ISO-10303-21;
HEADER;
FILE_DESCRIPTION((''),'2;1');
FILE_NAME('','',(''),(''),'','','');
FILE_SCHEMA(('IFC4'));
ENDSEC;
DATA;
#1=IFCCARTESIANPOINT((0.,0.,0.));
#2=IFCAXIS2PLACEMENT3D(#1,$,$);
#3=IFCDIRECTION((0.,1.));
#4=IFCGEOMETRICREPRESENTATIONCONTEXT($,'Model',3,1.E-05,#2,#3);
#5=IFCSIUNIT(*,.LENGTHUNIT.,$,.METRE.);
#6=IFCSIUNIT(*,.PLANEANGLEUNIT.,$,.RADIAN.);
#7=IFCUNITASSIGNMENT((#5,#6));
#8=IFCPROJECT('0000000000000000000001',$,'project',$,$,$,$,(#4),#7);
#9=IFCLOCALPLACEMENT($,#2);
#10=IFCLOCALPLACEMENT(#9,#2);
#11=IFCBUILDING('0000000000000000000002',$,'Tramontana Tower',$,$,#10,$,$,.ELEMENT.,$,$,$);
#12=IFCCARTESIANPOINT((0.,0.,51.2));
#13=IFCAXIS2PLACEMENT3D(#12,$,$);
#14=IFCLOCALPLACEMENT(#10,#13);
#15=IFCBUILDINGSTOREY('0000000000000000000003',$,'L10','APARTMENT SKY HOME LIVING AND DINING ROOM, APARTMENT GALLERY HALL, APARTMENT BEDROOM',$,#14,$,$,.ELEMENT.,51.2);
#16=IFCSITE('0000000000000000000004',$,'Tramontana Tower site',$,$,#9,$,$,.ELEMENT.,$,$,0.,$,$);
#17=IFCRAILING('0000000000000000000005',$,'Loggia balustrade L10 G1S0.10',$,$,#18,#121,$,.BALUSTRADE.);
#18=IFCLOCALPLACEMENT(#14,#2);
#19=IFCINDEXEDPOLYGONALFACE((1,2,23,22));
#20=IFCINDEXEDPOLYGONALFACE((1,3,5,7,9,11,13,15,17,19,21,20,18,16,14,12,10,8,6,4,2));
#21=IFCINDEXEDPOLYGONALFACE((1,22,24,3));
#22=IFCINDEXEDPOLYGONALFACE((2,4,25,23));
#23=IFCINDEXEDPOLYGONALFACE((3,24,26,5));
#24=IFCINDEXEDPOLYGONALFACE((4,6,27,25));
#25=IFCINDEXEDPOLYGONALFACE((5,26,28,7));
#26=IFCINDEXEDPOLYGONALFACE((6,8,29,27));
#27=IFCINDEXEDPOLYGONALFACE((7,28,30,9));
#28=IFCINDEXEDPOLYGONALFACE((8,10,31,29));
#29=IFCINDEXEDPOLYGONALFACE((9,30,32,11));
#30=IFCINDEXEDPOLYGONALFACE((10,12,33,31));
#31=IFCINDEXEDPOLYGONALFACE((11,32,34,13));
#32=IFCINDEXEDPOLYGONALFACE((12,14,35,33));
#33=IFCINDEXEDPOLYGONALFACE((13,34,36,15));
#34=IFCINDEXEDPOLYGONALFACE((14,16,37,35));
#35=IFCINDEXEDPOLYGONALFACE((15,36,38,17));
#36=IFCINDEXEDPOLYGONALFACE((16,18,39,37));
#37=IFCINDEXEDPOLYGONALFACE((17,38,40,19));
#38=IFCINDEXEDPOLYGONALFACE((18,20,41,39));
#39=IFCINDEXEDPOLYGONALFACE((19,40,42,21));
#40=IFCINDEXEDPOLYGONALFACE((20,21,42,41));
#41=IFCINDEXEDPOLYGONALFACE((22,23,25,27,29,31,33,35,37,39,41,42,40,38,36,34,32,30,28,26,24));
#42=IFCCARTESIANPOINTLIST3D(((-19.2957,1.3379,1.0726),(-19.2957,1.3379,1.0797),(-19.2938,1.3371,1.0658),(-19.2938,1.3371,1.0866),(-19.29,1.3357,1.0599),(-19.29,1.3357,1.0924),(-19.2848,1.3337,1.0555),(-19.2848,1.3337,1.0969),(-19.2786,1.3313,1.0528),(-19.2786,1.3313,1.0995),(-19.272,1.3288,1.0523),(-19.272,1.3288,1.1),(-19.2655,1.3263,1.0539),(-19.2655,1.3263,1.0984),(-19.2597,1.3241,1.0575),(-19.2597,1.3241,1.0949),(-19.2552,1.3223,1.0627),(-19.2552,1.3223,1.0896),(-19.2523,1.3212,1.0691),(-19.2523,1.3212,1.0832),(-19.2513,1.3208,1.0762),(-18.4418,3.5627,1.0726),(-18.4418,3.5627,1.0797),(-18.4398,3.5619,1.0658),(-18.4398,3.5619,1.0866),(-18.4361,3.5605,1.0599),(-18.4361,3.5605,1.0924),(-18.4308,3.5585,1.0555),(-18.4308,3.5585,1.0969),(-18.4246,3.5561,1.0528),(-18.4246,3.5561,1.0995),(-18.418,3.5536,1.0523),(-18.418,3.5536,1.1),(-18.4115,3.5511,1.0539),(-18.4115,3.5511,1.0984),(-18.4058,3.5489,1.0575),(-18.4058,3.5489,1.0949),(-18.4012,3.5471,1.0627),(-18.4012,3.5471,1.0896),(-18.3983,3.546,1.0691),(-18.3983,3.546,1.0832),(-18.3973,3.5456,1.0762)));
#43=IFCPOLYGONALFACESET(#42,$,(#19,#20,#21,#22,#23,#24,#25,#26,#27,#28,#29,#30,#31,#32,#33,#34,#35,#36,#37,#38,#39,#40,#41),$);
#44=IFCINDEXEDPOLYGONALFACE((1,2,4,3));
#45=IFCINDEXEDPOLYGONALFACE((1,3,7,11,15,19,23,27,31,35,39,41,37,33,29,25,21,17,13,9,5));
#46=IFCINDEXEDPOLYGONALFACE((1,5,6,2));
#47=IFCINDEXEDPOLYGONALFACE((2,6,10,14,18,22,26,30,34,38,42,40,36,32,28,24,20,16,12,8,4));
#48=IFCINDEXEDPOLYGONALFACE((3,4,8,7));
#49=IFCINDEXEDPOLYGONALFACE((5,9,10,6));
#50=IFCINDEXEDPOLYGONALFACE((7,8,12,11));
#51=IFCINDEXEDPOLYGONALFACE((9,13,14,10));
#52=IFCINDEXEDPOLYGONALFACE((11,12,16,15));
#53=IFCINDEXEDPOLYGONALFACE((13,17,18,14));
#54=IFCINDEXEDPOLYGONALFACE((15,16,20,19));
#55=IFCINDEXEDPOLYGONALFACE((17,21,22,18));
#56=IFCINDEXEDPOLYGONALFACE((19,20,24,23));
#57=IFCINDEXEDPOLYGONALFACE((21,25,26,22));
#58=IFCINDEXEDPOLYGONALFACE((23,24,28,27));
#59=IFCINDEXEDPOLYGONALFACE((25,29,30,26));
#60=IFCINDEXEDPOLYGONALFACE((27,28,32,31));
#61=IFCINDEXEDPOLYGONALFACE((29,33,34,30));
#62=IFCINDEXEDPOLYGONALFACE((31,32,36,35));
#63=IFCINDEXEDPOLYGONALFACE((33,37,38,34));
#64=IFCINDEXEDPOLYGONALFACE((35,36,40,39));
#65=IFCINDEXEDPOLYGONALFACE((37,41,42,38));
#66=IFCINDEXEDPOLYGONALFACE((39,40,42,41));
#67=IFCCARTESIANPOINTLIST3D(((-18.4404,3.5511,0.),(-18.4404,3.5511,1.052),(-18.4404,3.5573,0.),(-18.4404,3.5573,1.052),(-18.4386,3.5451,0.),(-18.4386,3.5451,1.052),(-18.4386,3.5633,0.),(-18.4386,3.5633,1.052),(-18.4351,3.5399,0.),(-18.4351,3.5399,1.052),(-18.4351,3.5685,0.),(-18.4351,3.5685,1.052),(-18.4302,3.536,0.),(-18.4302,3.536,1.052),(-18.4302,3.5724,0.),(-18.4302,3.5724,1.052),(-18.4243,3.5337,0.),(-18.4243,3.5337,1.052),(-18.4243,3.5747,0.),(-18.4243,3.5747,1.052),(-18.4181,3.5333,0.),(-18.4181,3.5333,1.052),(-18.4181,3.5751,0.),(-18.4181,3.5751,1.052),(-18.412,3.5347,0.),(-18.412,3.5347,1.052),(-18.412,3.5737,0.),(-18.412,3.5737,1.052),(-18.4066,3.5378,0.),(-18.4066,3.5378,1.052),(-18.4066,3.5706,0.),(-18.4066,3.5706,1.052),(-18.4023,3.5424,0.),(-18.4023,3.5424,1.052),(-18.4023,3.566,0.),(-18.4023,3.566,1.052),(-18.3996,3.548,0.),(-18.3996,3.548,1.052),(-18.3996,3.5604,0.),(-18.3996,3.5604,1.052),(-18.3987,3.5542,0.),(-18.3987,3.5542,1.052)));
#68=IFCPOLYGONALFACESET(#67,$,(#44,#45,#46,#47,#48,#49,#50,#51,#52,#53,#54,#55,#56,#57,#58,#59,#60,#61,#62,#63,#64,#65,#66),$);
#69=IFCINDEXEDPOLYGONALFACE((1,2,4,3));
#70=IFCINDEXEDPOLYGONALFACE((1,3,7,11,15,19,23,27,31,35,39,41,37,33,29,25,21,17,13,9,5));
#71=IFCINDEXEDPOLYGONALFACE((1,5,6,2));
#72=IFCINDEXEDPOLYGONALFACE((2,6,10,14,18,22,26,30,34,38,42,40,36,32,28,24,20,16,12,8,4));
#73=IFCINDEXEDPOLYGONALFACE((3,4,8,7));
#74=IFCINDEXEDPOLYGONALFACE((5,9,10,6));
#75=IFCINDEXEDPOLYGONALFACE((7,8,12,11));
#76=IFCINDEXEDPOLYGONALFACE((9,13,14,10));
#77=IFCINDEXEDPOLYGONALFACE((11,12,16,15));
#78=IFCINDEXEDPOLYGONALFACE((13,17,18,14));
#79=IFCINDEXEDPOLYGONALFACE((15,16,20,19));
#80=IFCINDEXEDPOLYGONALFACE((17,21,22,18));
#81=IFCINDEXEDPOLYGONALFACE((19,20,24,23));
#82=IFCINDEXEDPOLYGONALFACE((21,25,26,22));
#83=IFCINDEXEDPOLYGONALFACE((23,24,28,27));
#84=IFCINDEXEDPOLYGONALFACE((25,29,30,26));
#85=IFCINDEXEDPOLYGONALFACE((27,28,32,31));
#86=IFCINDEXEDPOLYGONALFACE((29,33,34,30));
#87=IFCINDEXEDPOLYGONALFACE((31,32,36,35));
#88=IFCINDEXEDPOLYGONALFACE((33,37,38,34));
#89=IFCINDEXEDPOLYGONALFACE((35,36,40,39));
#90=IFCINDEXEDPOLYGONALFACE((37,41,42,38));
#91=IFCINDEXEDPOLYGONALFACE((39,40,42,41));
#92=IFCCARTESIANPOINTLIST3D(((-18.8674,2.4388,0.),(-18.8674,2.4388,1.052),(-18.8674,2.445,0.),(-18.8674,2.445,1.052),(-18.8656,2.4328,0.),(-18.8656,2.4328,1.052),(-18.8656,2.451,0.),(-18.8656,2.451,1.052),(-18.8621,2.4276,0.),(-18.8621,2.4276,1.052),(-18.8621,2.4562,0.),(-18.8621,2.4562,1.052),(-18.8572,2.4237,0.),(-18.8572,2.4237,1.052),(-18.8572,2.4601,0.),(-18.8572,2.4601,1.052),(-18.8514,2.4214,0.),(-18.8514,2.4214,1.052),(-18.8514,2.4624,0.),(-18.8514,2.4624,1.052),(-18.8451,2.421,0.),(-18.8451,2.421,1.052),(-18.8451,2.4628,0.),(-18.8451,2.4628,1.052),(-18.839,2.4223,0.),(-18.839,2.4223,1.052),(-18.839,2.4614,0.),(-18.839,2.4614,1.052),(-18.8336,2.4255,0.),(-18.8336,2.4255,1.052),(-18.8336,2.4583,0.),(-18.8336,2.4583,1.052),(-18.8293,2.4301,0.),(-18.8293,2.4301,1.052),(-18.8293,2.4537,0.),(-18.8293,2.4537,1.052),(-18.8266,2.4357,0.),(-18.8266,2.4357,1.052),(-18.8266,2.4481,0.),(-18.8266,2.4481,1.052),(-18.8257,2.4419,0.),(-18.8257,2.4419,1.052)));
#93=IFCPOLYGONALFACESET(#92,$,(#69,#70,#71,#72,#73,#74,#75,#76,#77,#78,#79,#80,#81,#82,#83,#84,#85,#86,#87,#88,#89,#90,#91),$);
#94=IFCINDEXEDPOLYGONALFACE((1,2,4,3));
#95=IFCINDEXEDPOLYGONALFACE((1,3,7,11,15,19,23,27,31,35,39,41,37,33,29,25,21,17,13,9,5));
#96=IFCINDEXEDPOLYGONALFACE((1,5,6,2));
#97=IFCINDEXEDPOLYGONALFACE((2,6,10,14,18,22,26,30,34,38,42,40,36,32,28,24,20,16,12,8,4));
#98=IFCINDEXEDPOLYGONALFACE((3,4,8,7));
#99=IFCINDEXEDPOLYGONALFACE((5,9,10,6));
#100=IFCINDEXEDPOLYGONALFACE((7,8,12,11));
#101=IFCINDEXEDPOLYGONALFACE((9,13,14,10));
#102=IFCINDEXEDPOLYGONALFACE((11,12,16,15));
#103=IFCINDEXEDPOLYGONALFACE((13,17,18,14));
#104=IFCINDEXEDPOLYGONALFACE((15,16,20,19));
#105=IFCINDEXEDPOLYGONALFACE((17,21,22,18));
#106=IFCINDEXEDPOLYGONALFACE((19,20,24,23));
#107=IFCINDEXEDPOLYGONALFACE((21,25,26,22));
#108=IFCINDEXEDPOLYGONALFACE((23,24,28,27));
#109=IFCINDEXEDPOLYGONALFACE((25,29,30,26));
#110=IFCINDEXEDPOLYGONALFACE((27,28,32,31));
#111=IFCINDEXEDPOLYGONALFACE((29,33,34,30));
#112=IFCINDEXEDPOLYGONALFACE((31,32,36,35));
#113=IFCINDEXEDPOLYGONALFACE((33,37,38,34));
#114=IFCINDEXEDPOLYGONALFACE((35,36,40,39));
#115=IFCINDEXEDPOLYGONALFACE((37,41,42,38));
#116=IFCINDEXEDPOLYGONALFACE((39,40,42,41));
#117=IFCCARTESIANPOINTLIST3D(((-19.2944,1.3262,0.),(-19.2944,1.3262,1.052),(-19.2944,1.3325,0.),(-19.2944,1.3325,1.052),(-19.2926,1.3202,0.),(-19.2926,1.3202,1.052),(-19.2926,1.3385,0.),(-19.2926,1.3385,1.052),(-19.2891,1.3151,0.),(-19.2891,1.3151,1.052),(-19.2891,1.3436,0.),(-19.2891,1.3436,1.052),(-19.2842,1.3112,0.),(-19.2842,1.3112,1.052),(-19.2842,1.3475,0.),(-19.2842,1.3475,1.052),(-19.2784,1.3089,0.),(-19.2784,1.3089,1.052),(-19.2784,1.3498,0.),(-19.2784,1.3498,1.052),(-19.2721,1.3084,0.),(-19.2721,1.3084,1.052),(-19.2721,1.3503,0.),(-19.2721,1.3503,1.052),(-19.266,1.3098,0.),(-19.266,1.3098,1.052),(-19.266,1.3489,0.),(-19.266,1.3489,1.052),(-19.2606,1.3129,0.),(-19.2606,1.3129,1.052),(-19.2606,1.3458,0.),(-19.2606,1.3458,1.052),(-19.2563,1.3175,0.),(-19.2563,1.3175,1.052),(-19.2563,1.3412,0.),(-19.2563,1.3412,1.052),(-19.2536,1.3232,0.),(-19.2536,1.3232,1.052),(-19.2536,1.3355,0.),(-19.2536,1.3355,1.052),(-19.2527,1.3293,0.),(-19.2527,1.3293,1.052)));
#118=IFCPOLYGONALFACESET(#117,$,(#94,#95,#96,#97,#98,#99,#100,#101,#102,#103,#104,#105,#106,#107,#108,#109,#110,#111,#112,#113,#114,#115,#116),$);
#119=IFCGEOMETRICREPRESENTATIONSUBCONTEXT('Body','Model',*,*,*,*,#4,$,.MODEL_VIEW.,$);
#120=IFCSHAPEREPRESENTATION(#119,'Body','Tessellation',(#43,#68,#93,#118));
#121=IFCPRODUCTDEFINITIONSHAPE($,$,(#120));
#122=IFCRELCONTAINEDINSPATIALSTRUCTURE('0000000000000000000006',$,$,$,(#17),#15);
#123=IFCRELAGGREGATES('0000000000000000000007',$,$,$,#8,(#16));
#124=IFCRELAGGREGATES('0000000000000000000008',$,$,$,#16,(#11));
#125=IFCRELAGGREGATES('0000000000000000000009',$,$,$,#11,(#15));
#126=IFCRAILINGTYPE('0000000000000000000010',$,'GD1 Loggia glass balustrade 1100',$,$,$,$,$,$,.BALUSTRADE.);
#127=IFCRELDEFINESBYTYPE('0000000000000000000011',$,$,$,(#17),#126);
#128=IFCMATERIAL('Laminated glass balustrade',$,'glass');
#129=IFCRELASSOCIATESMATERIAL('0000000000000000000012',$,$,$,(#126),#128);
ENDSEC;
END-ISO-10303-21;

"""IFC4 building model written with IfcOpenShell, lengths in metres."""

from ifc_helpers import new_model, si_unit, direction, frame, origin, origin_2d, place, context, subcontext, project, spatial, circle, extrude, material, type_object, element, save


model = new_model("IFC4")

# Units and contexts
model_context = context("Model", 3, precision=1e-05, world=origin(), true_north=direction((0.0, 1.0)))
body_context = subcontext(model_context, "Body", "Model", "MODEL_VIEW")
ifc_project = project(units=[si_unit("LENGTHUNIT", "METRE"), si_unit("PLANEANGLEUNIT", "RADIAN")], contexts=[model_context])

# Site, building, storey
site_placement = place(None, origin())
site = spatial("IfcSite", under=ifc_project, at=site_placement, Name="Tramontana Tower site", CompositionType="ELEMENT", RefElevation=0.0)
building_placement = place(site_placement, origin())
building = spatial("IfcBuilding", under=site, at=building_placement, Name="Tramontana Tower", CompositionType="ELEMENT")
storey_placement = place(building_placement, frame((0.0, 0.0, 51.2)))
storey = spatial("IfcBuildingStorey", under=building, at=storey_placement, Name="L10", Description="APARTMENT SKY HOME LIVING AND DINING ROOM, APARTMENT GALLERY HALL, APARTMENT BEDROOM", CompositionType="ELEMENT", Elevation=51.2)

# Railing
ifc_material_1 = material(Name="Laminated glass balustrade", Category="glass")
railing_type = type_object("IfcRailingType", Name="GD1 Loggia glass balustrade 1100", PredefinedType="BALUSTRADE", material=ifc_material_1)
railing_placement = place(storey_placement, frame((-18.4197, 3.5542, 0.0)))
element("IfcRailing", 1, at=railing_placement, inside=storey, type_object=railing_type, Name="Loggia balustrade L10 G1S0.10", PredefinedType="BALUSTRADE", context=body_context, shape_type="SweptSolid", body=[
    extrude(circle(Radius=0.0239, at=origin_2d()), frame((0.0, 0.0, 1.0762), z_axis=(-0.358354, -0.933586, 0.0), x_axis=(0.933586, -0.358354, 0.0)), (0.0, 0.0, 1.0), 2.3831),
    extrude(circle(Radius=0.021, at=origin_2d()), origin(), (0.0, 0.0, 1.0), 1.052),
    extrude(circle(Radius=0.021, at=origin_2d()), frame((-0.427, -1.1123, 0.0)), (0.0, 0.0, 1.0), 1.052),
    extrude(circle(Radius=0.021, at=origin_2d()), frame((-0.854, -2.2249, 0.0)), (0.0, 0.0, 1.0), 1.052),
])

save(model, "model.ifc")
